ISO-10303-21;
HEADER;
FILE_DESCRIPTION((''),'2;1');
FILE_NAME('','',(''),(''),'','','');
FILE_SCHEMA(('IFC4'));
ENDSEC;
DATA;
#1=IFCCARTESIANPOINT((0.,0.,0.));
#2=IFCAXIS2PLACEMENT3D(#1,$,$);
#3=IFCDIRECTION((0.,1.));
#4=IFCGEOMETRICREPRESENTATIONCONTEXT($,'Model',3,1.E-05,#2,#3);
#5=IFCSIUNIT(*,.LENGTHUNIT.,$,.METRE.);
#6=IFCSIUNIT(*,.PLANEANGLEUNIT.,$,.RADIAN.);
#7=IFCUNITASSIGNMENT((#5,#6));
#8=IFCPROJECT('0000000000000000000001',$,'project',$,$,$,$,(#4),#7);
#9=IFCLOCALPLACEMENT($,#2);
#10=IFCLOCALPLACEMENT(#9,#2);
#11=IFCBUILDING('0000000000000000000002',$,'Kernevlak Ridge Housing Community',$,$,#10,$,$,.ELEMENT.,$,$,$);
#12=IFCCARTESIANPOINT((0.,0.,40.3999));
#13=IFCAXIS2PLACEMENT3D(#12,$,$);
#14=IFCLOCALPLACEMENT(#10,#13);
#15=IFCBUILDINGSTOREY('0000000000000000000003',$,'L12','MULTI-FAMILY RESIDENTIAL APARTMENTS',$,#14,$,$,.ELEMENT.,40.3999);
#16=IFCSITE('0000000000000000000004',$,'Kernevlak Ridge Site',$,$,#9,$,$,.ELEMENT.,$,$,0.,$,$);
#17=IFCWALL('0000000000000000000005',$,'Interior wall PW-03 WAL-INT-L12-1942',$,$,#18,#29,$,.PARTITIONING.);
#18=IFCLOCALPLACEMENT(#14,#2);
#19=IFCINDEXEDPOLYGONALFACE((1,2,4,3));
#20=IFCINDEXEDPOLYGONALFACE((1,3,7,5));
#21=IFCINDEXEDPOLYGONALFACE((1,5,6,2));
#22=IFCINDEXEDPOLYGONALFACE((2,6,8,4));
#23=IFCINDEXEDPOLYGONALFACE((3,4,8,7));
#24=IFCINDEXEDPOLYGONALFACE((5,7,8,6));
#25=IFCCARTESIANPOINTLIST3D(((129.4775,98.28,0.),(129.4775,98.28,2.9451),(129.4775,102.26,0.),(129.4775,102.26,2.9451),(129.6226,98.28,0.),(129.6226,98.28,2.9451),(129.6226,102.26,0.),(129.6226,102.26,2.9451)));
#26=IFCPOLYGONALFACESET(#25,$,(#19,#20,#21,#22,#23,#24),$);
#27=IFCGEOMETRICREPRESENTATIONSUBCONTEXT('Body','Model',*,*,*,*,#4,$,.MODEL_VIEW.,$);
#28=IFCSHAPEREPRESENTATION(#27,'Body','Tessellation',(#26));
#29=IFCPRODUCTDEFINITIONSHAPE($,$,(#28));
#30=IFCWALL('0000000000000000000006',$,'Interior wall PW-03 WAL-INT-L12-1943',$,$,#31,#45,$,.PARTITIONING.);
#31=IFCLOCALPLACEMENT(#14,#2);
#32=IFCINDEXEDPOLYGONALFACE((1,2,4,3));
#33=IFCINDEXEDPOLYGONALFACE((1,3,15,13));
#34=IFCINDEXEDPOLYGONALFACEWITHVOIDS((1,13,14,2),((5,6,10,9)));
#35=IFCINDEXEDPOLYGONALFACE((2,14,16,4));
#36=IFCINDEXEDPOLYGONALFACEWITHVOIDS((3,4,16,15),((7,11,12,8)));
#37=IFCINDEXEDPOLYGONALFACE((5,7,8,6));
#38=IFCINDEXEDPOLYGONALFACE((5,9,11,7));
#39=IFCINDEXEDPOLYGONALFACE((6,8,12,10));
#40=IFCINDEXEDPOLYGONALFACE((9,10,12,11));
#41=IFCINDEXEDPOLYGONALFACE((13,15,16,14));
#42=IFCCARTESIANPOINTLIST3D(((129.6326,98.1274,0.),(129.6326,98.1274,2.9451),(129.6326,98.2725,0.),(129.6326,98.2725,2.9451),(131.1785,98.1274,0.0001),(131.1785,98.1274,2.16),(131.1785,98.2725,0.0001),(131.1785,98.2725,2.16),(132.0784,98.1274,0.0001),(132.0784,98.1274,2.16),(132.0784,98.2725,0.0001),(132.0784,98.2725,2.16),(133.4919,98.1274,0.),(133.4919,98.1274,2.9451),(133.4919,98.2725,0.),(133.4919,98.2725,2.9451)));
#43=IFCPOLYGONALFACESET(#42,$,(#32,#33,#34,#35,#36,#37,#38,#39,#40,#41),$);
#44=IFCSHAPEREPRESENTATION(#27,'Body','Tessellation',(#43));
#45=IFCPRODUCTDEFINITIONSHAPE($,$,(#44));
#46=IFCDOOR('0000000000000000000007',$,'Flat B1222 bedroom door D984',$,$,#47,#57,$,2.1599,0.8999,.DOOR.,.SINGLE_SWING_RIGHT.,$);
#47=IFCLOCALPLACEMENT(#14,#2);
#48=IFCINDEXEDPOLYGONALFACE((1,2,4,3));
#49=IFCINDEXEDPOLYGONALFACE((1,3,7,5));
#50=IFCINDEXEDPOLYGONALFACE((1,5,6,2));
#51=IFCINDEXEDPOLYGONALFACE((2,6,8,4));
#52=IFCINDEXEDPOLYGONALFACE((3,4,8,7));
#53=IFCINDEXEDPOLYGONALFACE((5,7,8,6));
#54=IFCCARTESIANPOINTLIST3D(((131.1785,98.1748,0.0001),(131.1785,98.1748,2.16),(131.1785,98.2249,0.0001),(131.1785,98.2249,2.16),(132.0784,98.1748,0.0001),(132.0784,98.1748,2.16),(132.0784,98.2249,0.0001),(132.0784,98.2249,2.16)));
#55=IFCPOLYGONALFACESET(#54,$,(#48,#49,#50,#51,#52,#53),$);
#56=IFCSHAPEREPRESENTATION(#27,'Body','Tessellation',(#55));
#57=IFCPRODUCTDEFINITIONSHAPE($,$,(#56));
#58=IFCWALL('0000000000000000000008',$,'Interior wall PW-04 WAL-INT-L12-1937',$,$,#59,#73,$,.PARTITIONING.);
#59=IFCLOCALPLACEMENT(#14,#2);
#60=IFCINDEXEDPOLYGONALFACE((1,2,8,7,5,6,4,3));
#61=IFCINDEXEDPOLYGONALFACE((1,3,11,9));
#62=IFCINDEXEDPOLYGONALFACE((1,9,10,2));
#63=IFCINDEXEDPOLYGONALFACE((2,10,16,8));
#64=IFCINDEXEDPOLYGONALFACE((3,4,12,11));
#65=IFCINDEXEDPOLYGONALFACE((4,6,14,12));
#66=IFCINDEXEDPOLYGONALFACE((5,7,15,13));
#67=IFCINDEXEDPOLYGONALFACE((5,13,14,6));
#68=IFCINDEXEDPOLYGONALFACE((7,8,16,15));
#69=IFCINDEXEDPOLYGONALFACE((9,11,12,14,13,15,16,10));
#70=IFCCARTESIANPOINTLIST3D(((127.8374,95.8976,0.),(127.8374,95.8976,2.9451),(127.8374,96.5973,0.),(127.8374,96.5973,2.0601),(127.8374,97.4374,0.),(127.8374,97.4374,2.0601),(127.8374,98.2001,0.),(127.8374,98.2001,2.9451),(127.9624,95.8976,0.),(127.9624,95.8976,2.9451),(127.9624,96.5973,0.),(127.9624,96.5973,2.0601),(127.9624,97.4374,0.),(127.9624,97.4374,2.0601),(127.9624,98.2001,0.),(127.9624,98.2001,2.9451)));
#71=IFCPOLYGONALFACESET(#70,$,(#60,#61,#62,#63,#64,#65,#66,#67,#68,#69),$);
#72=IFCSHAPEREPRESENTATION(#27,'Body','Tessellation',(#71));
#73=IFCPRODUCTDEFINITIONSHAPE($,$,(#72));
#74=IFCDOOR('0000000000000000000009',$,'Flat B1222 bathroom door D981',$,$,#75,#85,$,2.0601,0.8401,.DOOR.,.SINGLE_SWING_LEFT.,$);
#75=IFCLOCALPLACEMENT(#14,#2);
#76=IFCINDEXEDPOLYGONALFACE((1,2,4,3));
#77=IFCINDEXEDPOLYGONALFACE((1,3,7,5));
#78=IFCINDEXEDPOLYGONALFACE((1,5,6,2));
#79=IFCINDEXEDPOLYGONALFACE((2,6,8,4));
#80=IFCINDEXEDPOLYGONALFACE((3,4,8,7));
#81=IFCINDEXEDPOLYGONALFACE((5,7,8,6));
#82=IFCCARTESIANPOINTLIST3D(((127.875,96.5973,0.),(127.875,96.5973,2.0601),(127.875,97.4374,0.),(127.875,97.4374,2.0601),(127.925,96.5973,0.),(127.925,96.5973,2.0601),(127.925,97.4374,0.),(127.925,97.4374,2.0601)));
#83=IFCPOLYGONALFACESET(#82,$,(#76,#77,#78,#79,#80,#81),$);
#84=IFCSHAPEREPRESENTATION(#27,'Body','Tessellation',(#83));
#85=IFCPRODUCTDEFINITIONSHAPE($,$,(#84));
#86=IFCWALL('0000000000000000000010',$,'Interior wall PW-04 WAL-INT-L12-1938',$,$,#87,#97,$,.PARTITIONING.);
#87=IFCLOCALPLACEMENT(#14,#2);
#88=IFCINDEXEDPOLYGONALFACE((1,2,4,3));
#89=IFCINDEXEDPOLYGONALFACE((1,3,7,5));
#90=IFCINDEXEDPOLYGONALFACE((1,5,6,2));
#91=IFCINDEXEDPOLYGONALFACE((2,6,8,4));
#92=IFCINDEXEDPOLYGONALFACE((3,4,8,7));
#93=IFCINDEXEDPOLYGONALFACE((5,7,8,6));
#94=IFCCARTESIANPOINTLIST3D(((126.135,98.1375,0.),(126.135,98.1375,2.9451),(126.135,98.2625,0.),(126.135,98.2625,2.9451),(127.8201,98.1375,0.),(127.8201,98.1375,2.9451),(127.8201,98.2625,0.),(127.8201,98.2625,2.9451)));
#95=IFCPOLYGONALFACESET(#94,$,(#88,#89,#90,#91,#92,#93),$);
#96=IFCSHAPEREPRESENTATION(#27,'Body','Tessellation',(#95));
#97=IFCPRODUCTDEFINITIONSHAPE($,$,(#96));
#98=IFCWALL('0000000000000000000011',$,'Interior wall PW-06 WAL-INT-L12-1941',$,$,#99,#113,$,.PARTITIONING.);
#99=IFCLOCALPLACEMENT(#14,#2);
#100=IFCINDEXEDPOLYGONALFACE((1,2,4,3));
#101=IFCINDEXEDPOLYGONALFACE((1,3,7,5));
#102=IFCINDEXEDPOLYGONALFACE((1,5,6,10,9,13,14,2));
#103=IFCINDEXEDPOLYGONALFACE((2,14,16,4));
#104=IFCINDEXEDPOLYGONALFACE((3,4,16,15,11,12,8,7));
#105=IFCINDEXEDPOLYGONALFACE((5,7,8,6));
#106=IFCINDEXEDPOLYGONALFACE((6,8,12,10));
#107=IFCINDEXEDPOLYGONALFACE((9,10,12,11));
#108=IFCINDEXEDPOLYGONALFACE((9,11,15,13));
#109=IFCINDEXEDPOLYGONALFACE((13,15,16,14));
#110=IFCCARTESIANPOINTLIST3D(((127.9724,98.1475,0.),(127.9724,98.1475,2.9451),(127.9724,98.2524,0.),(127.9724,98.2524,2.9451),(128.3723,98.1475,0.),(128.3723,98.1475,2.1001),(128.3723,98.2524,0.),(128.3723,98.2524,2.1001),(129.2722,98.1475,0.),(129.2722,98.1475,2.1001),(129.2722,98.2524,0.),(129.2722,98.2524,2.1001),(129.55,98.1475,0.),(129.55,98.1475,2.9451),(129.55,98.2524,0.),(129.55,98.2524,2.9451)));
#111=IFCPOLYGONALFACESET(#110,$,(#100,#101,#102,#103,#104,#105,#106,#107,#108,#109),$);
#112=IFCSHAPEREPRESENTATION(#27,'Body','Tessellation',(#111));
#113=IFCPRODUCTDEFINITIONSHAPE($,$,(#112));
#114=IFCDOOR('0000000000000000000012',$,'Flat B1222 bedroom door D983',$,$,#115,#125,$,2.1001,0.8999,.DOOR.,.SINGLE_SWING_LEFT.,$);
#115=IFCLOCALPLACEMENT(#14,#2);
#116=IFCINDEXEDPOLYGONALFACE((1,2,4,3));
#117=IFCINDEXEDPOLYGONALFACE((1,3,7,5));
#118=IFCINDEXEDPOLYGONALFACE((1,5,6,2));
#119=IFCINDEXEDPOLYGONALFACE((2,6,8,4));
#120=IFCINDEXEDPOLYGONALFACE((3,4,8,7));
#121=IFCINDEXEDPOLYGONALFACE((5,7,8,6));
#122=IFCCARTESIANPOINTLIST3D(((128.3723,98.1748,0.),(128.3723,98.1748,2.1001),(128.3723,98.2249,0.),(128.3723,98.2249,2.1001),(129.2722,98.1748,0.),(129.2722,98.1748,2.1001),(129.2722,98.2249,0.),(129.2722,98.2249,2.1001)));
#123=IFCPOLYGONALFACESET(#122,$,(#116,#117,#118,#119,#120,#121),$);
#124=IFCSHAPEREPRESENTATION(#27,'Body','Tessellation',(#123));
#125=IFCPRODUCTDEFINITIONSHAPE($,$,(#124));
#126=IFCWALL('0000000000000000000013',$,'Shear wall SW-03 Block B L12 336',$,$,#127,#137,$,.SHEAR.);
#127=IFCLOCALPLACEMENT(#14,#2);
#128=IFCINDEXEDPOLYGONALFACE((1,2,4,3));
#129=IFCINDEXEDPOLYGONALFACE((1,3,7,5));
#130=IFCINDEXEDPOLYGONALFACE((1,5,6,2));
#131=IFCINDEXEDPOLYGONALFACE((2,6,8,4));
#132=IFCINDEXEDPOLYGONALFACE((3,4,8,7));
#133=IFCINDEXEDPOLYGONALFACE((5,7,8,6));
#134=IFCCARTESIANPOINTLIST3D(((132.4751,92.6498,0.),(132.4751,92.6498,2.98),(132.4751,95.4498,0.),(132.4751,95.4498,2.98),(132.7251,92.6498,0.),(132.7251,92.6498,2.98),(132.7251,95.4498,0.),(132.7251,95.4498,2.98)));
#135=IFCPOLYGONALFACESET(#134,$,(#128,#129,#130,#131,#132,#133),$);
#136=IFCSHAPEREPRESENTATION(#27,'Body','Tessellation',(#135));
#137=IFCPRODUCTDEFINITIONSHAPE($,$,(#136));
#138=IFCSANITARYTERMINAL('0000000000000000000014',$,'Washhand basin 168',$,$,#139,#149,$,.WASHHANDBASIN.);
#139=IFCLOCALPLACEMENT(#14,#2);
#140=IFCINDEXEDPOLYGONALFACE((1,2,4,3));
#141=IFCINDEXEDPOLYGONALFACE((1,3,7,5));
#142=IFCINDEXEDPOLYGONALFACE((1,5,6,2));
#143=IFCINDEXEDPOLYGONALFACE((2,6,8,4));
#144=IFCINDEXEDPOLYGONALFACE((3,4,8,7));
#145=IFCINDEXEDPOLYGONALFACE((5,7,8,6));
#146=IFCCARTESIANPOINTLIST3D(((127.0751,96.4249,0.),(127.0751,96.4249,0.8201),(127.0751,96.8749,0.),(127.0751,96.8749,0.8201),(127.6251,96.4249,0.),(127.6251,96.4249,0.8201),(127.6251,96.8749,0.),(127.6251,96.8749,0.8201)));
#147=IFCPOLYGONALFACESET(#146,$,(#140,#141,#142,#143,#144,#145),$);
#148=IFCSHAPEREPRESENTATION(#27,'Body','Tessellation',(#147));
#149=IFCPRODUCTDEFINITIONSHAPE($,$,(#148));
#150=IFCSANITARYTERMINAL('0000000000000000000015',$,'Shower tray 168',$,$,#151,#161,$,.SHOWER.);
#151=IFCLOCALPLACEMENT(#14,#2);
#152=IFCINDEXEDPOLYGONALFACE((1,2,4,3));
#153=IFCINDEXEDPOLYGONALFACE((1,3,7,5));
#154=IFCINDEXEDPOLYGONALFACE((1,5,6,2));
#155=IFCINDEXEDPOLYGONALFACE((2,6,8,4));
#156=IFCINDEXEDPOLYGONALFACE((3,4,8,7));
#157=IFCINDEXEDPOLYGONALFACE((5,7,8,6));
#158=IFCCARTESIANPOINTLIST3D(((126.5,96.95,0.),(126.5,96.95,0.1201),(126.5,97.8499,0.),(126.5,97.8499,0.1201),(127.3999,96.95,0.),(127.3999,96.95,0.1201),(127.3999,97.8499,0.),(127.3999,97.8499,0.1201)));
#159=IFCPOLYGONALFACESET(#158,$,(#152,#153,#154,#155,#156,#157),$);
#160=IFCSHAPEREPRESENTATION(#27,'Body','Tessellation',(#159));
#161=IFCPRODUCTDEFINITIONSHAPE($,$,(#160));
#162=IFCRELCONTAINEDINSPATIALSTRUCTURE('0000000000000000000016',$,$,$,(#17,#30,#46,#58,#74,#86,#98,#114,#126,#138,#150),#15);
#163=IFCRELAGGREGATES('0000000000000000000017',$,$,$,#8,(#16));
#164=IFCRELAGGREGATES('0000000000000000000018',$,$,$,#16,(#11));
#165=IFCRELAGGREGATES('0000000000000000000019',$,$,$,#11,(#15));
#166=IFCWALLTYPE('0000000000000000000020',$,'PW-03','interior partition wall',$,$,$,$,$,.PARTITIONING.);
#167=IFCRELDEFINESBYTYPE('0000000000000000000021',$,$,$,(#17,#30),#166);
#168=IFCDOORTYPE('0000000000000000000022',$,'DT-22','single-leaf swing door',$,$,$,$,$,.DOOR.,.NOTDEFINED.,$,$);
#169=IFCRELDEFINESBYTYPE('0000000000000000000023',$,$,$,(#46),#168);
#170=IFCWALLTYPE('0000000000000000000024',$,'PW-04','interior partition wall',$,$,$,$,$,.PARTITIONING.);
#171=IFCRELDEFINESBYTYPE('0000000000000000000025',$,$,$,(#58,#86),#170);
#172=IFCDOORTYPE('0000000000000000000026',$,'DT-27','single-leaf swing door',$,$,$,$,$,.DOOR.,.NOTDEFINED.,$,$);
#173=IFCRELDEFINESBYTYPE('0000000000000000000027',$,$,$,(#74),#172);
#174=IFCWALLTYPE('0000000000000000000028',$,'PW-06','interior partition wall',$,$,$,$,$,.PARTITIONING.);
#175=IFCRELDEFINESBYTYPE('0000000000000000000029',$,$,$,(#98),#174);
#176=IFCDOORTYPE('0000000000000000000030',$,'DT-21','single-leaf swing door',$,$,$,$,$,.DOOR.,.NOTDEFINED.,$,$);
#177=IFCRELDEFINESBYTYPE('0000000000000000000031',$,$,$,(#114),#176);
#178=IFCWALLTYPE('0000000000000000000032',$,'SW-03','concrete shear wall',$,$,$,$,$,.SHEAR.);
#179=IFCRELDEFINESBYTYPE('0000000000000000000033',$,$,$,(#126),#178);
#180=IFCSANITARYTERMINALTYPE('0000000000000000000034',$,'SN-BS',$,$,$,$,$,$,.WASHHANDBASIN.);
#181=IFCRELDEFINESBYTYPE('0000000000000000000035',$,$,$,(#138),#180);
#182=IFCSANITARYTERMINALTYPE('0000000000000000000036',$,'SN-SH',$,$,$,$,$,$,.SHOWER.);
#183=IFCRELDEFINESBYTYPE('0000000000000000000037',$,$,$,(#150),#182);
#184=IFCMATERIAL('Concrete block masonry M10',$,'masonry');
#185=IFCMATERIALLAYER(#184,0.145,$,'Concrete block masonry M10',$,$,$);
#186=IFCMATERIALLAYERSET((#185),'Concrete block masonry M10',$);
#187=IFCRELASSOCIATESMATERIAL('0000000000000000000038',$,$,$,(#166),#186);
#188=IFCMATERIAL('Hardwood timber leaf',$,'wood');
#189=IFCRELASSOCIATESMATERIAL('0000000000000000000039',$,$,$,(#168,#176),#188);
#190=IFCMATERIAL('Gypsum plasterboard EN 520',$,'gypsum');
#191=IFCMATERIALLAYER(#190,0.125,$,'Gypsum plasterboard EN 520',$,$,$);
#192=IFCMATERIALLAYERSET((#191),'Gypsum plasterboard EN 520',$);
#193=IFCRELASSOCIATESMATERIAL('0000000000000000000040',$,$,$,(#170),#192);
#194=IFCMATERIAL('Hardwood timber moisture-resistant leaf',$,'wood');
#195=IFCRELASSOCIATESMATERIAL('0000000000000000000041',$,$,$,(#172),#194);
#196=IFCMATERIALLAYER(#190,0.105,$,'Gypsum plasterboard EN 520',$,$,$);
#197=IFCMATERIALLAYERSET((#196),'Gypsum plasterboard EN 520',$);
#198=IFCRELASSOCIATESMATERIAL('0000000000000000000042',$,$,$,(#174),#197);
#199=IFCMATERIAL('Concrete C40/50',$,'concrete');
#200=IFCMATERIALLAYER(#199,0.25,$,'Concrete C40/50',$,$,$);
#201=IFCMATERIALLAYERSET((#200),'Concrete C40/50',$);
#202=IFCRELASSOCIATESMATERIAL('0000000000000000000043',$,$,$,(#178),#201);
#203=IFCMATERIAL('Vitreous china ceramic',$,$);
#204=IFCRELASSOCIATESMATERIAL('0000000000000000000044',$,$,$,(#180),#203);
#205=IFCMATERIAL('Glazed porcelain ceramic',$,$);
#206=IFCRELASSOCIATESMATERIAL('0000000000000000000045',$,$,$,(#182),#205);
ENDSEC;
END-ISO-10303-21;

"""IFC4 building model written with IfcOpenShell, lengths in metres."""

from ifc_helpers import new_model, si_unit, direction, frame, frame_2d, origin, origin_2d, place, context, subcontext, project, spatial, rectangle, extrude, material, layer, layer_set, type_object, element, fill, save


model = new_model("IFC4")

# Units and contexts
model_context = context("Model", 3, precision=1e-05, world=origin(), true_north=direction((0.0, 1.0)))
body_context = subcontext(model_context, "Body", "Model", "MODEL_VIEW")
ifc_project = project(units=[si_unit("LENGTHUNIT", "METRE"), si_unit("PLANEANGLEUNIT", "RADIAN")], contexts=[model_context])

# Site, building, storey
site_placement = place(None, origin())
site = spatial("IfcSite", under=ifc_project, at=site_placement, Name="Kernevlak Ridge Site", CompositionType="ELEMENT", RefElevation=0.0)
building_placement = place(site_placement, origin())
building = spatial("IfcBuilding", under=site, at=building_placement, Name="Kernevlak Ridge Housing Community", CompositionType="ELEMENT")
storey_placement = place(building_placement, frame((0.0, 0.0, 40.3999)))
storey = spatial("IfcBuildingStorey", under=building, at=storey_placement, Name="L12", Description="MULTI-FAMILY RESIDENTIAL APARTMENTS", CompositionType="ELEMENT", Elevation=40.3999)

# Shared definitions
ifc_material_1 = material(Name="Concrete block masonry M10", Category="masonry")

# Wall
ifc_layer_1 = layer(ifc_material_1, 0.145, Name="Concrete block masonry M10")
ifc_layer_set_1 = layer_set([ifc_layer_1], Name="Concrete block masonry M10")
wall_type_1 = type_object("IfcWallType", Name="PW-03", Description="interior partition wall", PredefinedType="PARTITIONING", material=ifc_layer_set_1)
wall_1_placement = place(storey_placement, frame((129.55, 98.28, 0.0), z_axis=(0.0, 0.0, 1.0), x_axis=(0.0, 1.0, 0.0)))
element("IfcWall", 1, at=wall_1_placement, inside=storey, type_object=wall_type_1, Name="Interior wall PW-03 WAL-INT-L12-1942", PredefinedType="PARTITIONING", context=body_context, shape_type="SweptSolid", body=[
    extrude(rectangle(XDim=3.98, YDim=0.145, at=frame_2d((1.99, 0.0))), origin(), (0.0, 0.0, 1.0), 2.9451),
])

# Walls, openings, doors
wall_2_placement = place(storey_placement, frame((129.6326, 98.2, 0.0), z_axis=(0.0, 0.0, 1.0), x_axis=(1.0, 0.0, 0.0)))
wall_2 = element("IfcWall", 2, at=wall_2_placement, inside=storey, type_object=wall_type_1, Name="Interior wall PW-03 WAL-INT-L12-1943", PredefinedType="PARTITIONING", context=body_context, shape_type="SweptSolid", body=[
    extrude(rectangle(XDim=3.8594, YDim=0.145, at=frame_2d((1.9297, 0.0))), origin(), (0.0, 0.0, 1.0), 2.9451),
])
opening_1_placement = place(wall_2_placement, frame((1.5459, 0.0, 0.0)))
opening_1 = element("IfcOpeningElement", 3, at=opening_1_placement, cuts=wall_2, PredefinedType="OPENING", context=body_context, shape_type="SweptSolid", body=[
    extrude(rectangle(XDim=0.8999, YDim=2.1599, at=frame_2d((0.45, 1.0801))), frame((0.0, 0.0825, 0.0), z_axis=(0.0, -1.0, 0.0), x_axis=(1.0, 0.0, 0.0)), (0.0, 0.0, 1.0), 0.165),
])
ifc_material_2 = material(Name="Hardwood timber leaf", Category="wood")
door_type_1 = type_object("IfcDoorType", Name="DT-22", Description="single-leaf swing door", OperationType="NOTDEFINED", PredefinedType="DOOR", material=ifc_material_2)
door_1_placement = place(opening_1_placement, origin())
door_1 = element("IfcDoor", 4, at=door_1_placement, inside=storey, type_object=door_type_1, Name="Flat B1222 bedroom door D984", OperationType="SINGLE_SWING_RIGHT", OverallHeight=2.1599, OverallWidth=0.8999, PredefinedType="DOOR", context=body_context, shape_type="SweptSolid", body=[
    extrude(rectangle(XDim=0.8999, YDim=2.1599, at=frame_2d((0.45, 1.0801))), frame((0.0, 0.0249, 0.0), z_axis=(0.0, -1.0, 0.0), x_axis=(1.0, 0.0, 0.0)), (0.0, 0.0, 1.0), 0.05),
])
fill(opening_1, door_1)
ifc_material_3 = material(Name="Gypsum plasterboard EN 520", Category="gypsum")
ifc_layer_2 = layer(ifc_material_3, 0.125, Name="Gypsum plasterboard EN 520")
ifc_layer_set_2 = layer_set([ifc_layer_2], Name="Gypsum plasterboard EN 520")
wall_type_2 = type_object("IfcWallType", Name="PW-04", Description="interior partition wall", PredefinedType="PARTITIONING", material=ifc_layer_set_2)
wall_3_placement = place(storey_placement, frame((127.8999, 95.8975, 0.0), z_axis=(0.0, 0.0, 1.0), x_axis=(0.0, 1.0, 0.0)))
wall_3 = element("IfcWall", 5, at=wall_3_placement, inside=storey, type_object=wall_type_2, Name="Interior wall PW-04 WAL-INT-L12-1937", PredefinedType="PARTITIONING", context=body_context, shape_type="SweptSolid", body=[
    extrude(rectangle(XDim=2.3025, YDim=0.125, at=frame_2d((1.1514, 0.0))), origin(), (0.0, 0.0, 1.0), 2.9451),
])
opening_2_placement = place(wall_3_placement, frame((0.7, 0.0, 0.0)))
opening_2 = element("IfcOpeningElement", 6, at=opening_2_placement, cuts=wall_3, PredefinedType="OPENING", context=body_context, shape_type="SweptSolid", body=[
    extrude(rectangle(XDim=0.8401, YDim=2.0601, at=frame_2d((0.4199, 1.03))), frame((0.0, 0.0725, 0.0), z_axis=(0.0, -1.0, 0.0), x_axis=(1.0, 0.0, 0.0)), (0.0, 0.0, 1.0), 0.145),
])
ifc_material_4 = material(Name="Hardwood timber moisture-resistant leaf", Category="wood")
door_type_2 = type_object("IfcDoorType", Name="DT-27", Description="single-leaf swing door", OperationType="NOTDEFINED", PredefinedType="DOOR", material=ifc_material_4)
door_2_placement = place(opening_2_placement, origin())
door_2 = element("IfcDoor", 7, at=door_2_placement, inside=storey, type_object=door_type_2, Name="Flat B1222 bathroom door D981", OperationType="SINGLE_SWING_LEFT", OverallHeight=2.0601, OverallWidth=0.8401, PredefinedType="DOOR", context=body_context, shape_type="SweptSolid", body=[
    extrude(rectangle(XDim=0.8401, YDim=2.0601, at=frame_2d((0.4199, 1.03))), frame((0.0, 0.0249, 0.0), z_axis=(0.0, -1.0, 0.0), x_axis=(1.0, 0.0, 0.0)), (0.0, 0.0, 1.0), 0.05),
])
fill(opening_2, door_2)

# Wall
wall_4_placement = place(storey_placement, frame((126.135, 98.2, 0.0), z_axis=(0.0, 0.0, 1.0), x_axis=(1.0, 0.0, 0.0)))
element("IfcWall", 8, at=wall_4_placement, inside=storey, type_object=wall_type_2, Name="Interior wall PW-04 WAL-INT-L12-1938", PredefinedType="PARTITIONING", context=body_context, shape_type="SweptSolid", body=[
    extrude(rectangle(XDim=1.6851, YDim=0.125, at=frame_2d((0.8425, 0.0))), origin(), (0.0, 0.0, 1.0), 2.9451),
])

# Wall, opening, door
ifc_layer_3 = layer(ifc_material_3, 0.105, Name="Gypsum plasterboard EN 520")
ifc_layer_set_3 = layer_set([ifc_layer_3], Name="Gypsum plasterboard EN 520")
wall_type_3 = type_object("IfcWallType", Name="PW-06", Description="interior partition wall", PredefinedType="PARTITIONING", material=ifc_layer_set_3)
wall_5_placement = place(storey_placement, frame((127.9724, 98.2, 0.0), z_axis=(0.0, 0.0, 1.0), x_axis=(1.0, 0.0, 0.0)))
wall_5 = element("IfcWall", 9, at=wall_5_placement, inside=storey, type_object=wall_type_3, Name="Interior wall PW-06 WAL-INT-L12-1941", PredefinedType="PARTITIONING", context=body_context, shape_type="SweptSolid", body=[
    extrude(rectangle(XDim=1.5776, YDim=0.105, at=frame_2d((0.7888, 0.0))), origin(), (0.0, 0.0, 1.0), 2.9451),
])
opening_3_placement = place(wall_5_placement, frame((0.3999, 0.0, 0.0)))
opening_3 = element("IfcOpeningElement", 10, at=opening_3_placement, cuts=wall_5, PredefinedType="OPENING", context=body_context, shape_type="SweptSolid", body=[
    extrude(rectangle(XDim=0.8999, YDim=2.1001, at=frame_2d((0.45, 1.05))), frame((0.0, 0.0625, 0.0), z_axis=(0.0, -1.0, 0.0), x_axis=(1.0, 0.0, 0.0)), (0.0, 0.0, 1.0), 0.125),
])
door_type_3 = type_object("IfcDoorType", Name="DT-21", Description="single-leaf swing door", OperationType="NOTDEFINED", PredefinedType="DOOR", material=ifc_material_2)
door_3_placement = place(opening_3_placement, origin())
door_3 = element("IfcDoor", 11, at=door_3_placement, inside=storey, type_object=door_type_3, Name="Flat B1222 bedroom door D983", OperationType="SINGLE_SWING_LEFT", OverallHeight=2.1001, OverallWidth=0.8999, PredefinedType="DOOR", context=body_context, shape_type="SweptSolid", body=[
    extrude(rectangle(XDim=0.8999, YDim=2.1001, at=frame_2d((0.45, 1.05))), frame((0.0, 0.0249, 0.0), z_axis=(0.0, -1.0, 0.0), x_axis=(1.0, 0.0, 0.0)), (0.0, 0.0, 1.0), 0.05),
])
fill(opening_3, door_3)

# Wall
ifc_material_5 = material(Name="Concrete C40/50", Category="concrete")
ifc_layer_4 = layer(ifc_material_5, 0.25, Name="Concrete C40/50")
ifc_layer_set_4 = layer_set([ifc_layer_4], Name="Concrete C40/50")
wall_type_4 = type_object("IfcWallType", Name="SW-03", Description="concrete shear wall", PredefinedType="SHEAR", material=ifc_layer_set_4)
wall_6_placement = place(storey_placement, frame((132.6001, 92.6499, 0.0), z_axis=(0.0, 0.0, 1.0), x_axis=(0.0, 1.0, 0.0)))
element("IfcWall", 12, at=wall_6_placement, inside=storey, type_object=wall_type_4, Name="Shear wall SW-03 Block B L12 336", PredefinedType="SHEAR", context=body_context, shape_type="SweptSolid", body=[
    extrude(rectangle(XDim=2.8, YDim=0.25, at=frame_2d((1.3999, 0.0))), origin(), (0.0, 0.0, 1.0), 2.98),
])

# Sanitary terminals
ifc_material_6 = material(Name="Vitreous china ceramic")
sanitary_terminal_type_1 = type_object("IfcSanitaryTerminalType", Name="SN-BS", PredefinedType="WASHHANDBASIN", material=ifc_material_6)
sanitary_terminal_1_placement = place(storey_placement, frame((127.3501, 96.6499, 0.0), z_axis=(0.0, 0.0, 1.0), x_axis=(1.0, 0.0, 0.0)))
element("IfcSanitaryTerminal", 13, at=sanitary_terminal_1_placement, inside=storey, type_object=sanitary_terminal_type_1, Name="Washhand basin 168", PredefinedType="WASHHANDBASIN", context=body_context, shape_type="SweptSolid", body=[
    extrude(rectangle(XDim=0.55, YDim=0.45, at=origin_2d()), origin(), (0.0, 0.0, 1.0), 0.8201),
])
ifc_material_7 = material(Name="Glazed porcelain ceramic")
sanitary_terminal_type_2 = type_object("IfcSanitaryTerminalType", Name="SN-SH", PredefinedType="SHOWER", material=ifc_material_7)
sanitary_terminal_2_placement = place(storey_placement, frame((126.95, 97.3999, 0.0), z_axis=(0.0, 0.0, 1.0), x_axis=(1.0, 0.0, 0.0)))
element("IfcSanitaryTerminal", 14, at=sanitary_terminal_2_placement, inside=storey, type_object=sanitary_terminal_type_2, Name="Shower tray 168", PredefinedType="SHOWER", context=body_context, shape_type="SweptSolid", body=[
    extrude(rectangle(XDim=0.8999, YDim=0.8999, at=origin_2d()), origin(), (0.0, 0.0, 1.0), 0.1201),
])

save(model, "model.ifc")
